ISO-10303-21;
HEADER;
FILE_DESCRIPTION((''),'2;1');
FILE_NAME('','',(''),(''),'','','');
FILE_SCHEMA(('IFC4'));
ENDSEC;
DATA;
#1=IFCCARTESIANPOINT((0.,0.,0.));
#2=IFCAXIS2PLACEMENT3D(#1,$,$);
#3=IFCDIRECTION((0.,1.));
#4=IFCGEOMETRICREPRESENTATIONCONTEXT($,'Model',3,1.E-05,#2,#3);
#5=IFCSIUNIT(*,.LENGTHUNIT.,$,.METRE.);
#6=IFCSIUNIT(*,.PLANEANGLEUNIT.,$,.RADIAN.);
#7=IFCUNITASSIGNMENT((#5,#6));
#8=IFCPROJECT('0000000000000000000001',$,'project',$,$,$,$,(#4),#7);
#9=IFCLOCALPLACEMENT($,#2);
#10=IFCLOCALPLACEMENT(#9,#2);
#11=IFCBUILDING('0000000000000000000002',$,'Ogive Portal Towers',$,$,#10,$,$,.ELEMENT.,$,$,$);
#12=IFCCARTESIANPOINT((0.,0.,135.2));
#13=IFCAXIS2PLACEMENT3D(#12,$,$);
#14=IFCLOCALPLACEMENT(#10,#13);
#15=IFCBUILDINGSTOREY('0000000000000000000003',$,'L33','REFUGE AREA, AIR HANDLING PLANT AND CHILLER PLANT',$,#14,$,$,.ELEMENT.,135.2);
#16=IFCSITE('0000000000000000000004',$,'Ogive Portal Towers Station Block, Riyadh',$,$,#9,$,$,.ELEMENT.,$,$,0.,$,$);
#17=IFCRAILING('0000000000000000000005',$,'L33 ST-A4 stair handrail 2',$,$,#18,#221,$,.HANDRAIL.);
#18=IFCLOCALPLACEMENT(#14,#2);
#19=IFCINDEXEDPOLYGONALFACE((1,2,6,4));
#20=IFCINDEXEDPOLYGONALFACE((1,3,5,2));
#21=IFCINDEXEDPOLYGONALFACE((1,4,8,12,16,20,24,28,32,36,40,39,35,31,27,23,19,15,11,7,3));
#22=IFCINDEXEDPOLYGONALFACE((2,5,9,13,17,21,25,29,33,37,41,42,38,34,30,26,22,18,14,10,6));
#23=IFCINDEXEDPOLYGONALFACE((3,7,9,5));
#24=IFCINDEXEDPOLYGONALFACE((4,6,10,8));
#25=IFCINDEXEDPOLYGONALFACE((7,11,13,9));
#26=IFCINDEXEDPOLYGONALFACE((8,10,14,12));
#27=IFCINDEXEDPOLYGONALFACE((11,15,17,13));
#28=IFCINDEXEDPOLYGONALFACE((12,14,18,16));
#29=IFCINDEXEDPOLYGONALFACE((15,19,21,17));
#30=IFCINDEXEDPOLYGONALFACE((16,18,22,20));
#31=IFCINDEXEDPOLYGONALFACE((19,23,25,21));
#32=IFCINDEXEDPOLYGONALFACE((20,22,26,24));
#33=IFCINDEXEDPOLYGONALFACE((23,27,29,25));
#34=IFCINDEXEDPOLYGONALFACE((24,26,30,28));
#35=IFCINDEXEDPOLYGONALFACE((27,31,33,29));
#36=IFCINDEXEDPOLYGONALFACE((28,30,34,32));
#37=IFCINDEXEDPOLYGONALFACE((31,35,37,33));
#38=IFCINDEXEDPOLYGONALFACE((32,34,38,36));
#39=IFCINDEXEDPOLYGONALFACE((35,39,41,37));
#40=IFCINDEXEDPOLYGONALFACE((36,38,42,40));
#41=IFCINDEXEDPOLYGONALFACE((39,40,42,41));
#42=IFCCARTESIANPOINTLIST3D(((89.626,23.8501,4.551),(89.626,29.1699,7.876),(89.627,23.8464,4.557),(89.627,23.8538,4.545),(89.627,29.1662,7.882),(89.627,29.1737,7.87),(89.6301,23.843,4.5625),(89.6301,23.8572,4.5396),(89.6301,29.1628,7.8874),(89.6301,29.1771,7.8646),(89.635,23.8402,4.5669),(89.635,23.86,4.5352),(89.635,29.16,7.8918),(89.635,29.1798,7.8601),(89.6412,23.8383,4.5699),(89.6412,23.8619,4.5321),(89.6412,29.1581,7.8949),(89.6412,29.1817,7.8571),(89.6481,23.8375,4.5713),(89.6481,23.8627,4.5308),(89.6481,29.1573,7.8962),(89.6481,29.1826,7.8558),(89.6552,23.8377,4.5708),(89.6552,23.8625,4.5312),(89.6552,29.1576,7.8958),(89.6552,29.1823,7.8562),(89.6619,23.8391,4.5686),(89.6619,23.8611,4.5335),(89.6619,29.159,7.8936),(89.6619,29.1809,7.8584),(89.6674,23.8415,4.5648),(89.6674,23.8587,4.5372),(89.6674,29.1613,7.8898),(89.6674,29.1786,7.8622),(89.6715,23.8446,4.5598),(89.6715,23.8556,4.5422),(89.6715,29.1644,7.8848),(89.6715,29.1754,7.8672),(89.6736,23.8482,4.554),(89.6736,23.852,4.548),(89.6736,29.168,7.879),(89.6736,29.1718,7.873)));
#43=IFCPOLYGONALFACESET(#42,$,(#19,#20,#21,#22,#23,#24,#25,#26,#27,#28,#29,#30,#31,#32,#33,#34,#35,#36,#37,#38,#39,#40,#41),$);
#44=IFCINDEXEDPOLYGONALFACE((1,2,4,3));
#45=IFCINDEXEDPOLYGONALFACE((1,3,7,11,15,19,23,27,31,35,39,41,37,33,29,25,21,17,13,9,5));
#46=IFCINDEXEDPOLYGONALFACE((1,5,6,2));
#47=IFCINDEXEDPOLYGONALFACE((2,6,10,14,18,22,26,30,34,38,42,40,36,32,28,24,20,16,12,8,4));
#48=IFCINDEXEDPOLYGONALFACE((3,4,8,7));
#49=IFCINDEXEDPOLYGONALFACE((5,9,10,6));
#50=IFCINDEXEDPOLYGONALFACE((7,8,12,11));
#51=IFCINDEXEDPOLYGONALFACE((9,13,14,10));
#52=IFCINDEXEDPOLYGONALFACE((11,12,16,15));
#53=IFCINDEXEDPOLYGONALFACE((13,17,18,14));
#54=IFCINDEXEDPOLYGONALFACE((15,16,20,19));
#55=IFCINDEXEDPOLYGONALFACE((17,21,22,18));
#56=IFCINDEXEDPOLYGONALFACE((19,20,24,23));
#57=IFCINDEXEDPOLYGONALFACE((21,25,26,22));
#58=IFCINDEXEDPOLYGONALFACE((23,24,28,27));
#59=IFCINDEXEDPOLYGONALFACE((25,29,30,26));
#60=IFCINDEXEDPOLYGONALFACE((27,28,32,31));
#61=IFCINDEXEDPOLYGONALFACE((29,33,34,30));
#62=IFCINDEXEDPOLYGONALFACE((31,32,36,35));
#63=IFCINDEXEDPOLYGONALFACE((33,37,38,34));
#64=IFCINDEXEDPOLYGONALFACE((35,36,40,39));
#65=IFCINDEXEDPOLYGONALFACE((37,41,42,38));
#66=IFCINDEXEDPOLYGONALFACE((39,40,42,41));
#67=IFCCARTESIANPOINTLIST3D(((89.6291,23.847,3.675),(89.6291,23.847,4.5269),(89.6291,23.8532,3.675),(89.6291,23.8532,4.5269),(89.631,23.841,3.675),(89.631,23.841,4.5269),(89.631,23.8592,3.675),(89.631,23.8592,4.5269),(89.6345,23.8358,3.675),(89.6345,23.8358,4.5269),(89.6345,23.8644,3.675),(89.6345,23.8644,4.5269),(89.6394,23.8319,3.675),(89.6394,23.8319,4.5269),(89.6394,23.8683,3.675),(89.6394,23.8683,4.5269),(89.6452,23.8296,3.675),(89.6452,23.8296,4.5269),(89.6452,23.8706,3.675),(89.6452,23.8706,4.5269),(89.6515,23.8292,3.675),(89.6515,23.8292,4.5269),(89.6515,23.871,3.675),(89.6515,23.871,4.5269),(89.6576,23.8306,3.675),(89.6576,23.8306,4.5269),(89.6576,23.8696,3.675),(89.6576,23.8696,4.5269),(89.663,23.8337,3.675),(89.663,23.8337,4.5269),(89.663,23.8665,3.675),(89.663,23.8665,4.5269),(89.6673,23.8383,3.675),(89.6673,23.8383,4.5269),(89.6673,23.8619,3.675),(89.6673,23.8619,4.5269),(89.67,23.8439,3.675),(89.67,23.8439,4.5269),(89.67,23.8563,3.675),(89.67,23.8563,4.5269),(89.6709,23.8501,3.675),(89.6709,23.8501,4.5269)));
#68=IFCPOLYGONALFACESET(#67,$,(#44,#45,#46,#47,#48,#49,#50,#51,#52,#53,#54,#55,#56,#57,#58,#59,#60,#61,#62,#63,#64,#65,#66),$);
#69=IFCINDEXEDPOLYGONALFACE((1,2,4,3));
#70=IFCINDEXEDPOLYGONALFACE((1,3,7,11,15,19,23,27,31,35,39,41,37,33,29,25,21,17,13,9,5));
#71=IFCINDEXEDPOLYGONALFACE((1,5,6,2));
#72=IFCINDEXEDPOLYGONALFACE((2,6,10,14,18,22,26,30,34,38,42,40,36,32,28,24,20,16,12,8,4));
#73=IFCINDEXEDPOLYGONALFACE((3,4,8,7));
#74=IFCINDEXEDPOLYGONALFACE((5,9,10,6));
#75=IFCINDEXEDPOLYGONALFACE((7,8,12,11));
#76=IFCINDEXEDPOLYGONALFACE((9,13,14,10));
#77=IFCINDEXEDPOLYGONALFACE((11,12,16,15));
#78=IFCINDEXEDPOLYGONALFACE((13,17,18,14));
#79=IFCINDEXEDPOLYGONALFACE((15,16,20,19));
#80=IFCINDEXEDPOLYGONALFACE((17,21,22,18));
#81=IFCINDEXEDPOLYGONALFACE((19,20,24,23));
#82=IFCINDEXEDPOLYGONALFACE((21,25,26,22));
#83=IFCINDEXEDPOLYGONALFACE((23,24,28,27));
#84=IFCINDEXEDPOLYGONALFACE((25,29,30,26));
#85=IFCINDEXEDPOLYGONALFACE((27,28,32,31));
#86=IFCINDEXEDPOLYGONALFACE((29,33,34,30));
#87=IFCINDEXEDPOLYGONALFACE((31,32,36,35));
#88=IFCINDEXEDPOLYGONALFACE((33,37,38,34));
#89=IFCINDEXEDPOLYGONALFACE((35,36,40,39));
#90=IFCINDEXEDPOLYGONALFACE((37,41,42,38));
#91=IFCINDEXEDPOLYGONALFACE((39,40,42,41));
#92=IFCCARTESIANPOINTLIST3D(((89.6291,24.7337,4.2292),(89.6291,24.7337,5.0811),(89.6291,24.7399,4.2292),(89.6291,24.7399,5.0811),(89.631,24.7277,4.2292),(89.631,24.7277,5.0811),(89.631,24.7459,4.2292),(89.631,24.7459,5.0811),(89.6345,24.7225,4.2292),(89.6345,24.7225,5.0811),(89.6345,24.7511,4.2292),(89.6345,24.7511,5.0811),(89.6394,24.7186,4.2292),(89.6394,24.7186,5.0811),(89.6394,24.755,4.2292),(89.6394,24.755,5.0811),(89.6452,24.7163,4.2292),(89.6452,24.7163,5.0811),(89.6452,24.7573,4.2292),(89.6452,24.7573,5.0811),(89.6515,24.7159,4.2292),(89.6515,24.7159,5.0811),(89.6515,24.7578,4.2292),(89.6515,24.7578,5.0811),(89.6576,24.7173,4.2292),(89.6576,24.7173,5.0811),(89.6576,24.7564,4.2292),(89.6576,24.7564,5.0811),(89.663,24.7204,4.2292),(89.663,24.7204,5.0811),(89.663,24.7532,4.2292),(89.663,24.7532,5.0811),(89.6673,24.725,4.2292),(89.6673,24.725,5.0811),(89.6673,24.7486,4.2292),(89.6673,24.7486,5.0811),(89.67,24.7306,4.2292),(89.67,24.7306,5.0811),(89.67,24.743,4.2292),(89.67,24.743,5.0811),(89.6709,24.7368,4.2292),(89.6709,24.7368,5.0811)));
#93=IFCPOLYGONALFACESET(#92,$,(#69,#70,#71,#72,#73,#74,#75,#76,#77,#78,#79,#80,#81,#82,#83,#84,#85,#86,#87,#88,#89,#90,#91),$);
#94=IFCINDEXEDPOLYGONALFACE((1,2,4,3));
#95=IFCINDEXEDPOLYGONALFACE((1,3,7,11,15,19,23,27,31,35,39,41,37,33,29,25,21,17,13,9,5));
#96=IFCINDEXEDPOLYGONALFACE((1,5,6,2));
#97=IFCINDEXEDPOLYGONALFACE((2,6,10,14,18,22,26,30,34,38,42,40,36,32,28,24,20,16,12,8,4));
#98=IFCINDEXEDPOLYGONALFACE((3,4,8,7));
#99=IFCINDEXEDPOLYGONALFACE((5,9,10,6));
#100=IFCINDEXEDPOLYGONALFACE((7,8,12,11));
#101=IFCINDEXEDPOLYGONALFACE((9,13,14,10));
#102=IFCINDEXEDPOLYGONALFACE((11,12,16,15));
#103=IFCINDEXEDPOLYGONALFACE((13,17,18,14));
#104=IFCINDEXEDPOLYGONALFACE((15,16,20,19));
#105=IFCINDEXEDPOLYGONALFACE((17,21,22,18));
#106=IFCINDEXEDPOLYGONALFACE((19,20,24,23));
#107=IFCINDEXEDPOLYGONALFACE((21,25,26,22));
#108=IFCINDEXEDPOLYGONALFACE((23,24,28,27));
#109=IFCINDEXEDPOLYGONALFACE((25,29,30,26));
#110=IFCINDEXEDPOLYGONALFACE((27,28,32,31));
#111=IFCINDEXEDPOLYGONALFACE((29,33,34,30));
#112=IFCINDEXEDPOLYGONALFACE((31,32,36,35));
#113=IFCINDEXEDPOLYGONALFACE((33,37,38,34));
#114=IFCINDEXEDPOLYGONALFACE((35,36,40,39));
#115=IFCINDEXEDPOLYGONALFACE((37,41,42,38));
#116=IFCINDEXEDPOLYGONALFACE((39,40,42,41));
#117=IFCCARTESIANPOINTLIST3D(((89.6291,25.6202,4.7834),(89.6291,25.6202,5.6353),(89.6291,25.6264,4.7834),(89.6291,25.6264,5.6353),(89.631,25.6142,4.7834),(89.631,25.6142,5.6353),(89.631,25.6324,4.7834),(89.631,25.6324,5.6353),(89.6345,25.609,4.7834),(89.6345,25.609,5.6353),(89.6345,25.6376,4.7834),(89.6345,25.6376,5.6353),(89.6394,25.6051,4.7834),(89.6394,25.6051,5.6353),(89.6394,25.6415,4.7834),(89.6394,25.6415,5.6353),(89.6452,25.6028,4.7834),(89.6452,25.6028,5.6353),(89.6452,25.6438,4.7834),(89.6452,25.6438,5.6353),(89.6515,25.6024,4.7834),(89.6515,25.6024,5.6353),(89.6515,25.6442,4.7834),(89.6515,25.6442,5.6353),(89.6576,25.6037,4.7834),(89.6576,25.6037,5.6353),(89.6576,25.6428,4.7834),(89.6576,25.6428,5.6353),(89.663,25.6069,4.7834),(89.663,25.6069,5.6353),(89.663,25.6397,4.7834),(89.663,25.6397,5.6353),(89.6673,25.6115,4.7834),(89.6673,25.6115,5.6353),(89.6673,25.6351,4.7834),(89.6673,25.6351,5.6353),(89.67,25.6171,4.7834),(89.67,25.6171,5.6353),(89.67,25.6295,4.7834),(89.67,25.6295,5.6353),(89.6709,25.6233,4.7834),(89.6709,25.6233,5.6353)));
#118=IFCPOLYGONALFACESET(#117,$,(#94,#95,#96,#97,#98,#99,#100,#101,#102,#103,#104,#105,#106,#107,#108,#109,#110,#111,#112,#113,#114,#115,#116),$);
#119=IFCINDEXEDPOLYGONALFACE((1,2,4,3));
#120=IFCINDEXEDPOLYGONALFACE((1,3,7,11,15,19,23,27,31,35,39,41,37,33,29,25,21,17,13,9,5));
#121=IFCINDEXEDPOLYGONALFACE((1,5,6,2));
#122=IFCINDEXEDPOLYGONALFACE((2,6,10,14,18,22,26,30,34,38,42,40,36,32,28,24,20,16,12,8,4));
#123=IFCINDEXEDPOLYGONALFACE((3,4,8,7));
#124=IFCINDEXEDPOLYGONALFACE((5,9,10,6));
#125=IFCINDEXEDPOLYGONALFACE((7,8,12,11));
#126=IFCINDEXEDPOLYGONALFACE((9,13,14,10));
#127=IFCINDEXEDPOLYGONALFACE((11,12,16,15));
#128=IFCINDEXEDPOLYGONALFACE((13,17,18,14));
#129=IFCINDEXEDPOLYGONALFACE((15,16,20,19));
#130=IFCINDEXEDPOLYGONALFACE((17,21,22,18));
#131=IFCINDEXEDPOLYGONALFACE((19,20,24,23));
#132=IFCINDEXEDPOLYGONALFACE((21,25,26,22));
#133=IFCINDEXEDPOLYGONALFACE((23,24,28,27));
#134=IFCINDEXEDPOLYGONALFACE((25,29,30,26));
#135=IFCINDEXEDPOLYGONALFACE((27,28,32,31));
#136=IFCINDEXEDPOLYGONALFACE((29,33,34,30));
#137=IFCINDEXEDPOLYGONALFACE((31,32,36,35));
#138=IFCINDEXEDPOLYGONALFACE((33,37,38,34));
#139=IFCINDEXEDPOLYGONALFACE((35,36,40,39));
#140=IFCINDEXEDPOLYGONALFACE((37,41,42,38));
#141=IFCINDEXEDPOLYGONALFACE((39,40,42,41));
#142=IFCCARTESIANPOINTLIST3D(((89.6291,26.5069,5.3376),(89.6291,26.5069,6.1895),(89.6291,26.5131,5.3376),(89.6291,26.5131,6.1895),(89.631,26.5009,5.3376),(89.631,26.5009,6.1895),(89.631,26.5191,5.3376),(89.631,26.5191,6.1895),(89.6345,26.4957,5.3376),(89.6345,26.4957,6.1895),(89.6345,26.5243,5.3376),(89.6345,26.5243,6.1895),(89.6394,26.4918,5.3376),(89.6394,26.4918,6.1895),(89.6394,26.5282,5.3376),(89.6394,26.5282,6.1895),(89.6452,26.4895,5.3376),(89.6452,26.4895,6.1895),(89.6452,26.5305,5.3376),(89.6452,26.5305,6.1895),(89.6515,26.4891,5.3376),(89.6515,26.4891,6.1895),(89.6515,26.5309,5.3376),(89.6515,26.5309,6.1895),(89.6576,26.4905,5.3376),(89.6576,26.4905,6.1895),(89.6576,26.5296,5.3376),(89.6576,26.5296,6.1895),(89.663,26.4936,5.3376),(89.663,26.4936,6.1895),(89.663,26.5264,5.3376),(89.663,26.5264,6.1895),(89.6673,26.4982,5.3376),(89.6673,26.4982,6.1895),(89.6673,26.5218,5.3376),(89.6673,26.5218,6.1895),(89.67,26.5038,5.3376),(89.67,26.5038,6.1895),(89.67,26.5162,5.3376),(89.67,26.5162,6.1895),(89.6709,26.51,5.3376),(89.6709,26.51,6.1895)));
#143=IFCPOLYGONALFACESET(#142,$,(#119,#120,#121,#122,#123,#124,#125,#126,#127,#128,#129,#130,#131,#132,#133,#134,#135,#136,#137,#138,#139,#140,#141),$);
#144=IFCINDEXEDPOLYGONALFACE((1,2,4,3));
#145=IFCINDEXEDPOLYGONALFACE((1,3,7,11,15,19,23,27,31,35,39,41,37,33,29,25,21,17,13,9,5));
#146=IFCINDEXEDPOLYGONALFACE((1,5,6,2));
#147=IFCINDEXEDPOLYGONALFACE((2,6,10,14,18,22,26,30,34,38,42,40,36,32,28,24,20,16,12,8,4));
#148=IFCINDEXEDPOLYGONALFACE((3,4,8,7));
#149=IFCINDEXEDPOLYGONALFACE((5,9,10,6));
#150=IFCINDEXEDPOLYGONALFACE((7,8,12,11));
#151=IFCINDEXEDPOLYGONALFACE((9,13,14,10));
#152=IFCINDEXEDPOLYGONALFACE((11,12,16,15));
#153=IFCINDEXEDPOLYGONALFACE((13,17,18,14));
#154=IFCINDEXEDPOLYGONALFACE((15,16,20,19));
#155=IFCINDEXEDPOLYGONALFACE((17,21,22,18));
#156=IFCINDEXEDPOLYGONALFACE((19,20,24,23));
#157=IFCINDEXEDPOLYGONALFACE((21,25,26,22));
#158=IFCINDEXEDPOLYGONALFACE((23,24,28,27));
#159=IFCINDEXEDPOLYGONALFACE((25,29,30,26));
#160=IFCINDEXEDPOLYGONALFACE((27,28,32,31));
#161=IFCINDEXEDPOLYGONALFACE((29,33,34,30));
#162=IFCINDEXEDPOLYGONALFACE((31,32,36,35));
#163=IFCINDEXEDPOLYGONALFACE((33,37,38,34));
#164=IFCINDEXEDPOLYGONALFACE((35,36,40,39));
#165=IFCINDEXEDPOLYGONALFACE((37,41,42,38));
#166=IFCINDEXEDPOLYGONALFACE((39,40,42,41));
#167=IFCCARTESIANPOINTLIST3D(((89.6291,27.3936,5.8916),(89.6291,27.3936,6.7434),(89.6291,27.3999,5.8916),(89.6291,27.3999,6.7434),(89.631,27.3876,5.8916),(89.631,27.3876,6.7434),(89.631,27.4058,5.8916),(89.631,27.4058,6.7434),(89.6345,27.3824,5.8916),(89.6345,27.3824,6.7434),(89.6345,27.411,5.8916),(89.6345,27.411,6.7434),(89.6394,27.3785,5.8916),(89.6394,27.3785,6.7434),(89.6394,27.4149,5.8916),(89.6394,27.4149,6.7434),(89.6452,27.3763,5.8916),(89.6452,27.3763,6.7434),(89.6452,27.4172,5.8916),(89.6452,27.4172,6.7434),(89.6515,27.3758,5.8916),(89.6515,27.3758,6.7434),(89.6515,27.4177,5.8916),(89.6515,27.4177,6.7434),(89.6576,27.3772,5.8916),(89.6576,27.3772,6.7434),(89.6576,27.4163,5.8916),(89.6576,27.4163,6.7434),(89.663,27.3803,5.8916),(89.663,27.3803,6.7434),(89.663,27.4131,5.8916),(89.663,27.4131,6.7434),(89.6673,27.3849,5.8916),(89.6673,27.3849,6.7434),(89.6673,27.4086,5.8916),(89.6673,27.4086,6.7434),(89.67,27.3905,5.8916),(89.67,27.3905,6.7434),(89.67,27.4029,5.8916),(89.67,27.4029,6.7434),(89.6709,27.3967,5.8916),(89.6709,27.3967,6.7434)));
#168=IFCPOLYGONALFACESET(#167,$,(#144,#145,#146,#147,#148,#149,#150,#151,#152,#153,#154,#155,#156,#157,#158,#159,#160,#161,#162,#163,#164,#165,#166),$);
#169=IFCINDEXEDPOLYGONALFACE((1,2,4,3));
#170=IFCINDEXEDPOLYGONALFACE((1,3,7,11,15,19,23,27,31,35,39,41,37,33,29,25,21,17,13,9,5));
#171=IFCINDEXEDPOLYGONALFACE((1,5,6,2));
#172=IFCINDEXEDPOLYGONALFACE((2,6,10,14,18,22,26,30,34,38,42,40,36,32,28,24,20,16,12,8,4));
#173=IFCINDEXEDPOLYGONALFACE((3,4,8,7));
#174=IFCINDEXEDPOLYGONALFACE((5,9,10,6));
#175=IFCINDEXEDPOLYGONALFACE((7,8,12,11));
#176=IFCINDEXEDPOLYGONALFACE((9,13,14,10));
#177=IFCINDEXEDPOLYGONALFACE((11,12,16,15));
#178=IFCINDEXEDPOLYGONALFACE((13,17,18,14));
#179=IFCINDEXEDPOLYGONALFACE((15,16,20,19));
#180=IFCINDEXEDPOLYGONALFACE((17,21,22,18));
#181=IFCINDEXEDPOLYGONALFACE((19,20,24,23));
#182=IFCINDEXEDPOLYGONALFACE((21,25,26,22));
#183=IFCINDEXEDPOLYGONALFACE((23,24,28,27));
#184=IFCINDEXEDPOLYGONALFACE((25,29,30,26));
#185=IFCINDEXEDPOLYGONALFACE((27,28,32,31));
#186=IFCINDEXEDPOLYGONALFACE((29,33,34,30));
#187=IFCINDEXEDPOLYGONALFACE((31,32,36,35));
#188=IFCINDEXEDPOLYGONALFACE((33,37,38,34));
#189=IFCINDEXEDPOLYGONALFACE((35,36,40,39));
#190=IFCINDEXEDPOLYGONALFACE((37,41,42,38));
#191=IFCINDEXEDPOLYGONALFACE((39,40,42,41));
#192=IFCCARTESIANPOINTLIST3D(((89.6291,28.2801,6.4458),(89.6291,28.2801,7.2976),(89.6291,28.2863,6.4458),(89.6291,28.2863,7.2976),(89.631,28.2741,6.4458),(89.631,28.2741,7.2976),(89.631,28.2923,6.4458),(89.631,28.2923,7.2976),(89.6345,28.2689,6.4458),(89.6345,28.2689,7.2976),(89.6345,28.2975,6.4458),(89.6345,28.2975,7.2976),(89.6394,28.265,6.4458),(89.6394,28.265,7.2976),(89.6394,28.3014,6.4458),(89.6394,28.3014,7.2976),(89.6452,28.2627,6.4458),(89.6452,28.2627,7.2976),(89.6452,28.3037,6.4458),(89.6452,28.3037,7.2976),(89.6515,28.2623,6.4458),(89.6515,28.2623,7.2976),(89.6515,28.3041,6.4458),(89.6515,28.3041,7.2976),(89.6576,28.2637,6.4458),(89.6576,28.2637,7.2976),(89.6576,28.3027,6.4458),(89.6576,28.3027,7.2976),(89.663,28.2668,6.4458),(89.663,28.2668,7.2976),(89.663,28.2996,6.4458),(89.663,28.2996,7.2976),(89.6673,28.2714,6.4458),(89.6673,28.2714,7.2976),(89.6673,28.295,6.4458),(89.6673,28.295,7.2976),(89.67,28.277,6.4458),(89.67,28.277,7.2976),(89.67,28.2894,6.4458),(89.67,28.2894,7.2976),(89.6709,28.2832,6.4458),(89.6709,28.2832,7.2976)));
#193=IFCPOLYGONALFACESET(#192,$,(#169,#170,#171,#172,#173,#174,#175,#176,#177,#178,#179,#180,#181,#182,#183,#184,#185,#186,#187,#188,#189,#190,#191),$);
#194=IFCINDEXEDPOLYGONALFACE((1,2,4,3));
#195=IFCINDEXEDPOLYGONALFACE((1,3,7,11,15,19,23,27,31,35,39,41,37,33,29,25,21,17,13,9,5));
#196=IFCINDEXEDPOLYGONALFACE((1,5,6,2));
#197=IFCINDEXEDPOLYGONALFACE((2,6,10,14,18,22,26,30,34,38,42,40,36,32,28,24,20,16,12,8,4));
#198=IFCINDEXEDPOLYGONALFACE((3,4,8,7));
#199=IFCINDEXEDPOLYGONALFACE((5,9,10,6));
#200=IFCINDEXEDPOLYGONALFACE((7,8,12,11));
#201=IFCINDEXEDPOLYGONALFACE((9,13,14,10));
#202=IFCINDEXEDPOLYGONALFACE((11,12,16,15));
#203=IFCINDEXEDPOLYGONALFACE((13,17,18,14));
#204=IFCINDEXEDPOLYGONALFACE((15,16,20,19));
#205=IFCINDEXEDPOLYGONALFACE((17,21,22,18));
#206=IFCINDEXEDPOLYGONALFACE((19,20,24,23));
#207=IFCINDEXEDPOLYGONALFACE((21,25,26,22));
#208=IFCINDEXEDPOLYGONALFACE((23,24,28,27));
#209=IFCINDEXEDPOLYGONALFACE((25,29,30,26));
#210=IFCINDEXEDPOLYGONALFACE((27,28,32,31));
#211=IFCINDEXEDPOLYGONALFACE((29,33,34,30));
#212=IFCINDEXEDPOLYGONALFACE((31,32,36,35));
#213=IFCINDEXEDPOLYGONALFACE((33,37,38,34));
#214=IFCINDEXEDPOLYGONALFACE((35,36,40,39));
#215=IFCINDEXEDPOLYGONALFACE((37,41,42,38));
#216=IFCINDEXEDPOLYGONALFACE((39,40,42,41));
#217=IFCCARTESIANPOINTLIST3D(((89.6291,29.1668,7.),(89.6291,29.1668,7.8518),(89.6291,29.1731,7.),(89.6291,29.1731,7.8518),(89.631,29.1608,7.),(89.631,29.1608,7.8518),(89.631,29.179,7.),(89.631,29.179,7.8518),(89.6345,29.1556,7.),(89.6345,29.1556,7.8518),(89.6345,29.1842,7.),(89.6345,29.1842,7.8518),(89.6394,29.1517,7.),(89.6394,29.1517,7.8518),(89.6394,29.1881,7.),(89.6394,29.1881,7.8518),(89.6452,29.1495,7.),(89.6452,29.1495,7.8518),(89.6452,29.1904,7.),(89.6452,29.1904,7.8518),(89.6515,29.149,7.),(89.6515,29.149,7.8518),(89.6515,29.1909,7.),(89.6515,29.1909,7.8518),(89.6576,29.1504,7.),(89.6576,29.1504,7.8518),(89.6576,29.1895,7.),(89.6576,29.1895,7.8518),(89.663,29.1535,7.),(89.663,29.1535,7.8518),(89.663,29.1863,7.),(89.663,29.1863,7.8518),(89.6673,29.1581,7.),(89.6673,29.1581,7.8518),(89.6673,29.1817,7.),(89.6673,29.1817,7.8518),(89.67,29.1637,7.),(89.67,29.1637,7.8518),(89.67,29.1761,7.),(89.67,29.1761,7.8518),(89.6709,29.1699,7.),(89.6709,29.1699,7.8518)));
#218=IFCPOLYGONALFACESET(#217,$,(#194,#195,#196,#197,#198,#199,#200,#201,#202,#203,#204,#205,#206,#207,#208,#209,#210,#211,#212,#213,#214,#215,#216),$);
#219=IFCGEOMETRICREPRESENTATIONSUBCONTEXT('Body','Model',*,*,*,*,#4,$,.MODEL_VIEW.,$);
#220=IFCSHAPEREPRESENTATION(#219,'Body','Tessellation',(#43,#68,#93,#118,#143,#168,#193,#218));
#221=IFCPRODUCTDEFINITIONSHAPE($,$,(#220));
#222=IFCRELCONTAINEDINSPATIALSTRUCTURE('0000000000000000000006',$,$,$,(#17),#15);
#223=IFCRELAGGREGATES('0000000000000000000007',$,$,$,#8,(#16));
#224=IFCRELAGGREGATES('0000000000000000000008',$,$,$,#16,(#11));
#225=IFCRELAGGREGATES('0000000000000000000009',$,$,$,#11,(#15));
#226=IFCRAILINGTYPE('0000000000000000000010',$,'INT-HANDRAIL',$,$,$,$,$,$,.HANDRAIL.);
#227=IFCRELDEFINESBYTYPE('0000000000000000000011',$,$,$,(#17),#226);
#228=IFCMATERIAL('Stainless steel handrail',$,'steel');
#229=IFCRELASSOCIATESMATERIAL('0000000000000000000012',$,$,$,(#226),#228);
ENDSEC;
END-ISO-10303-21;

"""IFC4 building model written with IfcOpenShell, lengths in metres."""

from ifc_helpers import new_model, si_unit, direction, frame, origin, origin_2d, place, context, subcontext, project, spatial, circle, extrude, material, type_object, element, save


model = new_model("IFC4")

# Units and contexts
model_context = context("Model", 3, precision=1e-05, world=origin(), true_north=direction((0.0, 1.0)))
body_context = subcontext(model_context, "Body", "Model", "MODEL_VIEW")
ifc_project = project(units=[si_unit("LENGTHUNIT", "METRE"), si_unit("PLANEANGLEUNIT", "RADIAN")], contexts=[model_context])

# Site, building, storey
site_placement = place(None, origin())
site = spatial("IfcSite", under=ifc_project, at=site_placement, Name="Ogive Portal Towers Station Block, Riyadh", CompositionType="ELEMENT", RefElevation=0.0)
building_placement = place(site_placement, origin())
building = spatial("IfcBuilding", under=site, at=building_placement, Name="Ogive Portal Towers", CompositionType="ELEMENT")
storey_placement = place(building_placement, frame((0.0, 0.0, 135.2)))
storey = spatial("IfcBuildingStorey", under=building, at=storey_placement, Name="L33", Description="REFUGE AREA, AIR HANDLING PLANT AND CHILLER PLANT", CompositionType="ELEMENT", Elevation=135.2)

# Railing
ifc_material_1 = material(Name="Stainless steel handrail", Category="steel")
railing_type_1 = type_object("IfcRailingType", Name="INT-HANDRAIL", PredefinedType="HANDRAIL", material=ifc_material_1)
railing_1_placement = place(storey_placement, frame((89.6499, 23.8501, 3.675)))
element("IfcRailing", 1, at=railing_1_placement, inside=storey, type_object=railing_type_1, Name="L33 ST-A4 stair handrail 2", PredefinedType="HANDRAIL", context=body_context, shape_type="SweptSolid", body=[
    extrude(circle(Radius=0.0239, at=origin_2d()), frame((0.0, 0.0, 0.876), z_axis=(0.0, 0.847994, 0.530006), x_axis=(-1.0, 0.0, 0.0)), (0.0, 0.0, 1.0), 6.2734),
    extrude(circle(Radius=0.021, at=origin_2d()), origin(), (0.0, 0.0, 1.0), 0.8518),
    extrude(circle(Radius=0.021, at=origin_2d()), frame((0.0, 0.8867, 0.5542)), (0.0, 0.0, 1.0), 0.8518),
    extrude(circle(Radius=0.021, at=origin_2d()), frame((0.0, 1.7732, 1.1084)), (0.0, 0.0, 1.0), 0.8518),
    extrude(circle(Radius=0.021, at=origin_2d()), frame((0.0, 2.6599, 1.6626)), (0.0, 0.0, 1.0), 0.8518),
    extrude(circle(Radius=0.021, at=origin_2d()), frame((0.0, 3.5466, 2.2166)), (0.0, 0.0, 1.0), 0.8518),
    extrude(circle(Radius=0.021, at=origin_2d()), frame((0.0, 4.4331, 2.7708)), (0.0, 0.0, 1.0), 0.8518),
    extrude(circle(Radius=0.021, at=origin_2d()), frame((0.0, 5.3198, 3.325)), (0.0, 0.0, 1.0), 0.8518),
])

save(model, "model.ifc")
